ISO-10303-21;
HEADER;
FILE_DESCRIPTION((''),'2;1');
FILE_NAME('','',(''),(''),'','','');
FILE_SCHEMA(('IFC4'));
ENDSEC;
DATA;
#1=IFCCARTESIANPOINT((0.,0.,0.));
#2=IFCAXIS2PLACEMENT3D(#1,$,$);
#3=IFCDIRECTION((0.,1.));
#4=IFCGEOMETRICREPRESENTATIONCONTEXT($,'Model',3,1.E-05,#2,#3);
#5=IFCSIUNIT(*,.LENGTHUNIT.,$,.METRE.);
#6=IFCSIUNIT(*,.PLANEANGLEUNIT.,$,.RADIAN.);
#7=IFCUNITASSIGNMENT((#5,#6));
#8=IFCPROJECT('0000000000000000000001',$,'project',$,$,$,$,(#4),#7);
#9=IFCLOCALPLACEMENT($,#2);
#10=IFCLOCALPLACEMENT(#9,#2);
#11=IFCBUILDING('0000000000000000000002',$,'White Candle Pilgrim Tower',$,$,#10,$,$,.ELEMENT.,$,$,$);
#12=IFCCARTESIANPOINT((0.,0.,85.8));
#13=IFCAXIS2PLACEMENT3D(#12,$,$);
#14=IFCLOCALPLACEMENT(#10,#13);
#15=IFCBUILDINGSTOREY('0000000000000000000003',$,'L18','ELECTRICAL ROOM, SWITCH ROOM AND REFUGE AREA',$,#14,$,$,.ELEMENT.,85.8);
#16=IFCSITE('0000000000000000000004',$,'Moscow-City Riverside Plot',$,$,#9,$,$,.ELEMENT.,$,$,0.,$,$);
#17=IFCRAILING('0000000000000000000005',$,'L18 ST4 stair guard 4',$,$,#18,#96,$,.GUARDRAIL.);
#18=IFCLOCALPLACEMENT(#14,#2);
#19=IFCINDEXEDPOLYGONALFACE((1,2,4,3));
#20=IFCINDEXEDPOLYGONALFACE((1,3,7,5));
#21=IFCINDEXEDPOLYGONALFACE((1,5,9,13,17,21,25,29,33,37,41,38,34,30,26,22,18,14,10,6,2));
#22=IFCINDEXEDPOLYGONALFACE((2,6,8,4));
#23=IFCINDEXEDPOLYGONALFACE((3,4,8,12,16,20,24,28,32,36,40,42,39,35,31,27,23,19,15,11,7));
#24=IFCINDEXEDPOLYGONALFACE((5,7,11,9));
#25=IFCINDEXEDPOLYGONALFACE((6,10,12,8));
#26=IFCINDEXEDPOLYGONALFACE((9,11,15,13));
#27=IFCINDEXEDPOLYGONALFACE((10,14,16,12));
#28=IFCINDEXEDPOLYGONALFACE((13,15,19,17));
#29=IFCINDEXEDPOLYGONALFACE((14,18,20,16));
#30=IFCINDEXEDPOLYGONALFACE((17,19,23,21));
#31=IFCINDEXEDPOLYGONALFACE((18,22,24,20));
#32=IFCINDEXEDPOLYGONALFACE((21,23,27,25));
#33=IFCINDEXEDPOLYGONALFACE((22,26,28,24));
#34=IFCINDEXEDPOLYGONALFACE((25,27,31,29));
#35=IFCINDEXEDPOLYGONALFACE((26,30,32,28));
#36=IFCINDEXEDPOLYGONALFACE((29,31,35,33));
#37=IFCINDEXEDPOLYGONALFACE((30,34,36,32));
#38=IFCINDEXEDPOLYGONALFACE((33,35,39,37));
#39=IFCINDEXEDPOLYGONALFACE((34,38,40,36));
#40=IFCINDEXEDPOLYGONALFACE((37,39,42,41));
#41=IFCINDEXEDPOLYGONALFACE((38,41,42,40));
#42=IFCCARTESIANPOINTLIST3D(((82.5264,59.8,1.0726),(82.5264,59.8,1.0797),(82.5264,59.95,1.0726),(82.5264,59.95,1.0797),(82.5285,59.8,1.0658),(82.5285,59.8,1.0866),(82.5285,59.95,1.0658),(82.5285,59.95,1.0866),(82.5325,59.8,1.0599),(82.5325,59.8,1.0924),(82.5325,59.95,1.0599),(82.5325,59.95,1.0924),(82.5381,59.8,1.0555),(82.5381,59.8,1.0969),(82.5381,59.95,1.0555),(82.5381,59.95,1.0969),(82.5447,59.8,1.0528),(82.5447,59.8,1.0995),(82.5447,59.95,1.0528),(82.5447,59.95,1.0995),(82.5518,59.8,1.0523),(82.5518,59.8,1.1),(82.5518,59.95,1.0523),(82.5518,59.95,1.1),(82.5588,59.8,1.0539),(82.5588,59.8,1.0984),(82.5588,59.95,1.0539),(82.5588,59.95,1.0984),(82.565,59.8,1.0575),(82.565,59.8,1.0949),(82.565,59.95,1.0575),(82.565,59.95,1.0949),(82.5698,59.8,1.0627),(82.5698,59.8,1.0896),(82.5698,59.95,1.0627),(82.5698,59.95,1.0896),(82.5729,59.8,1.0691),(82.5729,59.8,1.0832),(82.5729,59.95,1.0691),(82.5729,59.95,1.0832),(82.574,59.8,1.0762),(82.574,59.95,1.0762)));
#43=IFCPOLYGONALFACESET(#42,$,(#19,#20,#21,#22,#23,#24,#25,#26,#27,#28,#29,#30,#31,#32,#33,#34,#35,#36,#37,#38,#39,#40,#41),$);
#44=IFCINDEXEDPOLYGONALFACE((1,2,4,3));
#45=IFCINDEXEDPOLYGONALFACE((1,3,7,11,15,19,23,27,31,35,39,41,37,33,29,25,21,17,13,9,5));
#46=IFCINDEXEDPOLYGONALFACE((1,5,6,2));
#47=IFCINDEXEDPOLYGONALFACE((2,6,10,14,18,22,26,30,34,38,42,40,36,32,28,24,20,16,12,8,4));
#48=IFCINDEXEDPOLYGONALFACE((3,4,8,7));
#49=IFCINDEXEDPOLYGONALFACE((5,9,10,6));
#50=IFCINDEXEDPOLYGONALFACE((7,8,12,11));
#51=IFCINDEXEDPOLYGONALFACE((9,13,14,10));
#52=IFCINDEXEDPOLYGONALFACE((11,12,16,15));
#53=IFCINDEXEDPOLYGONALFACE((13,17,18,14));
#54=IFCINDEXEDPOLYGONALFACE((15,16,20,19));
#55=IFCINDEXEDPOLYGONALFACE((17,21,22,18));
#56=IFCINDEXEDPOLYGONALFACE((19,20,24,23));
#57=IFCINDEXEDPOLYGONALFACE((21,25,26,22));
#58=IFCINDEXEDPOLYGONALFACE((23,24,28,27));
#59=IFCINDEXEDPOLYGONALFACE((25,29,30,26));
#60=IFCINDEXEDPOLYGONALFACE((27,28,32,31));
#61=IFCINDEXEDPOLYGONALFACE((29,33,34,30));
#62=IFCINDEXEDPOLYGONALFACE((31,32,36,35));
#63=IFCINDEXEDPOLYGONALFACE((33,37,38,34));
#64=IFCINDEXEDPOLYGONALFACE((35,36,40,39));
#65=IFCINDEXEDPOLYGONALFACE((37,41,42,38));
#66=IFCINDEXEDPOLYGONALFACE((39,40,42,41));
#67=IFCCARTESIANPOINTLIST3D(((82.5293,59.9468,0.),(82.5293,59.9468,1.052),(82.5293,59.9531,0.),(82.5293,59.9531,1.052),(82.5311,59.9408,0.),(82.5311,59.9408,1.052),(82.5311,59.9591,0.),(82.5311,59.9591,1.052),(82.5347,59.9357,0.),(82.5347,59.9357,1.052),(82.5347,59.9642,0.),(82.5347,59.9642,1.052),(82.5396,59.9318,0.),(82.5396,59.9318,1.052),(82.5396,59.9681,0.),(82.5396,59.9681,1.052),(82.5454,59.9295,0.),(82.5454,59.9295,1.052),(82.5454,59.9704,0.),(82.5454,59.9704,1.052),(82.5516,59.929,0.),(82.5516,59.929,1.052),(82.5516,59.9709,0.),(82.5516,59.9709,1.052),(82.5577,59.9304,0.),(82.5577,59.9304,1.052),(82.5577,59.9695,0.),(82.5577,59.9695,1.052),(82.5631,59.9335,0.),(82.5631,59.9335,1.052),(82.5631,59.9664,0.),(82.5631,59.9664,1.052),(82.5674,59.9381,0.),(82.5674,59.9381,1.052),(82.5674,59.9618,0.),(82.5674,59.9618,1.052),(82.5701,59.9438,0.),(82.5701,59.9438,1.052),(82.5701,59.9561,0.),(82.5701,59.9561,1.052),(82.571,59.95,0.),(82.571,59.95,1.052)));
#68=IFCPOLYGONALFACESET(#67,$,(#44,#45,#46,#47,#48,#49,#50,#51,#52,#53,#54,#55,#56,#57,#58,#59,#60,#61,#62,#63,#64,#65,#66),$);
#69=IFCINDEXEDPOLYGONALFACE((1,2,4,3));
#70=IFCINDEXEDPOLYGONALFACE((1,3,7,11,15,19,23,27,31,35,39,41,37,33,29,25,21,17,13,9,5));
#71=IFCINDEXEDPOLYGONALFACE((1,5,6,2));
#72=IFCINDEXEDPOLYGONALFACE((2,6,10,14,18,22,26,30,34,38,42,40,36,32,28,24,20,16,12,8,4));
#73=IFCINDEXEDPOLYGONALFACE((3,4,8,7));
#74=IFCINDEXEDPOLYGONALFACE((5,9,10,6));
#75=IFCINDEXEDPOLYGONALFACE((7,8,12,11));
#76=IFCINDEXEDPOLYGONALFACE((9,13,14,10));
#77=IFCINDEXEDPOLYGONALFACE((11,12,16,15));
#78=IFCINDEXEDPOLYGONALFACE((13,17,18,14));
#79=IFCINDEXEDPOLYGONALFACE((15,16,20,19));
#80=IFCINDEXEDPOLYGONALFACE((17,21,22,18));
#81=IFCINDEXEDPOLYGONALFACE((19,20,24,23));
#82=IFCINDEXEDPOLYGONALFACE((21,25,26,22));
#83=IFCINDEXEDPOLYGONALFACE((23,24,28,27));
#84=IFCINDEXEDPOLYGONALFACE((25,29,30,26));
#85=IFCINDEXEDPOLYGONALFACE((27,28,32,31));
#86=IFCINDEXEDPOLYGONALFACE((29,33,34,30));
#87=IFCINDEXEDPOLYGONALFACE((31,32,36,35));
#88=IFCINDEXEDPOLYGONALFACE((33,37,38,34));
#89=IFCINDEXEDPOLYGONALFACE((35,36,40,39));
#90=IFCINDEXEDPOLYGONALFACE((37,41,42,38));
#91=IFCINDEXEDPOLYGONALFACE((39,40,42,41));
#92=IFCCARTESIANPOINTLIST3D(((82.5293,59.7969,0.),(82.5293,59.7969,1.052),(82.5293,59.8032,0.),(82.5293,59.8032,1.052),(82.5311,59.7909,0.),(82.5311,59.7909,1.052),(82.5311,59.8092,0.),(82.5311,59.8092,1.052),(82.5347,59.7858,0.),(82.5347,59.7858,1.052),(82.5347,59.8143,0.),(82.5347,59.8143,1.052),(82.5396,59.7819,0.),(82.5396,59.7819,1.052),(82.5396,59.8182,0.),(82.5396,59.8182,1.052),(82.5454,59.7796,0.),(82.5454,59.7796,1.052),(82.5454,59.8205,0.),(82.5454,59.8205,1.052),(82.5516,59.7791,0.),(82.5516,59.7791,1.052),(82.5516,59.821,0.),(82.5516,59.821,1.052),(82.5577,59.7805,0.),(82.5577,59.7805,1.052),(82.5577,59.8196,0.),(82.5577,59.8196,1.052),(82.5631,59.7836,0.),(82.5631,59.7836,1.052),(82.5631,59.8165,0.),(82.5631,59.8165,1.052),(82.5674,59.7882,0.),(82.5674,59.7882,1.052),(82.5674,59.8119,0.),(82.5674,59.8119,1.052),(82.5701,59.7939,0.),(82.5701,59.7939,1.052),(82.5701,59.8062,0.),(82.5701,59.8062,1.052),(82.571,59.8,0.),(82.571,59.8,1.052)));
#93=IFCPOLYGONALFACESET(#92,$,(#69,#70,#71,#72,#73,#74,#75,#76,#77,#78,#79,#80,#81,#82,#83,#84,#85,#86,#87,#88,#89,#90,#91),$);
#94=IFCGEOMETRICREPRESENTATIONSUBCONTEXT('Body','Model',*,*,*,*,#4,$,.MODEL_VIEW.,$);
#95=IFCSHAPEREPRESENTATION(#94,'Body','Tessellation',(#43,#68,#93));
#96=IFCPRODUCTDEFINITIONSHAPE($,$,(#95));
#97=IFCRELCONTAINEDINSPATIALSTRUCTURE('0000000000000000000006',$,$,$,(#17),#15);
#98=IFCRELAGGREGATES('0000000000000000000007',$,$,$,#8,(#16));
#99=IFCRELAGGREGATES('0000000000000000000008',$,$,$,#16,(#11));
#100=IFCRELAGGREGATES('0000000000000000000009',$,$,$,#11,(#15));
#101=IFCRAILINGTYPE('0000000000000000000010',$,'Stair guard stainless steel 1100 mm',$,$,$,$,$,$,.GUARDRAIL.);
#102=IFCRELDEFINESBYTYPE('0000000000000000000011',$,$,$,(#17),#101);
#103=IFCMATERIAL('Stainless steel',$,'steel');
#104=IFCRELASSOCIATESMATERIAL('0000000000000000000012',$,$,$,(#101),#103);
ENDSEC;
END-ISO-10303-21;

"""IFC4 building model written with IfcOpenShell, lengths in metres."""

from ifc_helpers import new_model, si_unit, direction, frame, origin, origin_2d, place, context, subcontext, project, spatial, circle, extrude, material, type_object, element, save


model = new_model("IFC4")

# Units and contexts
model_context = context("Model", 3, precision=1e-05, world=origin(), true_north=direction((0.0, 1.0)))
body_context = subcontext(model_context, "Body", "Model", "MODEL_VIEW")
ifc_project = project(units=[si_unit("LENGTHUNIT", "METRE"), si_unit("PLANEANGLEUNIT", "RADIAN")], contexts=[model_context])

# Site, building, storey
site_placement = place(None, origin())
site = spatial("IfcSite", under=ifc_project, at=site_placement, Name="Moscow-City Riverside Plot", CompositionType="ELEMENT", RefElevation=0.0)
building_placement = place(site_placement, origin())
building = spatial("IfcBuilding", under=site, at=building_placement, Name="White Candle Pilgrim Tower", CompositionType="ELEMENT")
storey_placement = place(building_placement, frame((0.0, 0.0, 85.8)))
storey = spatial("IfcBuildingStorey", under=building, at=storey_placement, Name="L18", Description="ELECTRICAL ROOM, SWITCH ROOM AND REFUGE AREA", CompositionType="ELEMENT", Elevation=85.8)

# Railing
ifc_material_1 = material(Name="Stainless steel", Category="steel")
railing_type_1 = type_object("IfcRailingType", Name="Stair guard stainless steel 1100 mm", PredefinedType="GUARDRAIL", material=ifc_material_1)
railing_1_placement = place(storey_placement, frame((82.55, 59.95, 0.0)))
element("IfcRailing", 1, at=railing_1_placement, inside=storey, type_object=railing_type_1, Name="L18 ST4 stair guard 4", PredefinedType="GUARDRAIL", context=body_context, shape_type="SweptSolid", body=[
    extrude(circle(Radius=0.0239, at=origin_2d()), frame((0.0, 0.0, 1.0762), z_axis=(0.0, -1.0, 0.0), x_axis=(1.0, 0.0, 0.0)), (0.0, 0.0, 1.0), 0.1499),
    extrude(circle(Radius=0.021, at=origin_2d()), origin(), (0.0, 0.0, 1.0), 1.052),
    extrude(circle(Radius=0.021, at=origin_2d()), frame((0.0, -0.1499, 0.0)), (0.0, 0.0, 1.0), 1.052),
])

save(model, "model.ifc")
